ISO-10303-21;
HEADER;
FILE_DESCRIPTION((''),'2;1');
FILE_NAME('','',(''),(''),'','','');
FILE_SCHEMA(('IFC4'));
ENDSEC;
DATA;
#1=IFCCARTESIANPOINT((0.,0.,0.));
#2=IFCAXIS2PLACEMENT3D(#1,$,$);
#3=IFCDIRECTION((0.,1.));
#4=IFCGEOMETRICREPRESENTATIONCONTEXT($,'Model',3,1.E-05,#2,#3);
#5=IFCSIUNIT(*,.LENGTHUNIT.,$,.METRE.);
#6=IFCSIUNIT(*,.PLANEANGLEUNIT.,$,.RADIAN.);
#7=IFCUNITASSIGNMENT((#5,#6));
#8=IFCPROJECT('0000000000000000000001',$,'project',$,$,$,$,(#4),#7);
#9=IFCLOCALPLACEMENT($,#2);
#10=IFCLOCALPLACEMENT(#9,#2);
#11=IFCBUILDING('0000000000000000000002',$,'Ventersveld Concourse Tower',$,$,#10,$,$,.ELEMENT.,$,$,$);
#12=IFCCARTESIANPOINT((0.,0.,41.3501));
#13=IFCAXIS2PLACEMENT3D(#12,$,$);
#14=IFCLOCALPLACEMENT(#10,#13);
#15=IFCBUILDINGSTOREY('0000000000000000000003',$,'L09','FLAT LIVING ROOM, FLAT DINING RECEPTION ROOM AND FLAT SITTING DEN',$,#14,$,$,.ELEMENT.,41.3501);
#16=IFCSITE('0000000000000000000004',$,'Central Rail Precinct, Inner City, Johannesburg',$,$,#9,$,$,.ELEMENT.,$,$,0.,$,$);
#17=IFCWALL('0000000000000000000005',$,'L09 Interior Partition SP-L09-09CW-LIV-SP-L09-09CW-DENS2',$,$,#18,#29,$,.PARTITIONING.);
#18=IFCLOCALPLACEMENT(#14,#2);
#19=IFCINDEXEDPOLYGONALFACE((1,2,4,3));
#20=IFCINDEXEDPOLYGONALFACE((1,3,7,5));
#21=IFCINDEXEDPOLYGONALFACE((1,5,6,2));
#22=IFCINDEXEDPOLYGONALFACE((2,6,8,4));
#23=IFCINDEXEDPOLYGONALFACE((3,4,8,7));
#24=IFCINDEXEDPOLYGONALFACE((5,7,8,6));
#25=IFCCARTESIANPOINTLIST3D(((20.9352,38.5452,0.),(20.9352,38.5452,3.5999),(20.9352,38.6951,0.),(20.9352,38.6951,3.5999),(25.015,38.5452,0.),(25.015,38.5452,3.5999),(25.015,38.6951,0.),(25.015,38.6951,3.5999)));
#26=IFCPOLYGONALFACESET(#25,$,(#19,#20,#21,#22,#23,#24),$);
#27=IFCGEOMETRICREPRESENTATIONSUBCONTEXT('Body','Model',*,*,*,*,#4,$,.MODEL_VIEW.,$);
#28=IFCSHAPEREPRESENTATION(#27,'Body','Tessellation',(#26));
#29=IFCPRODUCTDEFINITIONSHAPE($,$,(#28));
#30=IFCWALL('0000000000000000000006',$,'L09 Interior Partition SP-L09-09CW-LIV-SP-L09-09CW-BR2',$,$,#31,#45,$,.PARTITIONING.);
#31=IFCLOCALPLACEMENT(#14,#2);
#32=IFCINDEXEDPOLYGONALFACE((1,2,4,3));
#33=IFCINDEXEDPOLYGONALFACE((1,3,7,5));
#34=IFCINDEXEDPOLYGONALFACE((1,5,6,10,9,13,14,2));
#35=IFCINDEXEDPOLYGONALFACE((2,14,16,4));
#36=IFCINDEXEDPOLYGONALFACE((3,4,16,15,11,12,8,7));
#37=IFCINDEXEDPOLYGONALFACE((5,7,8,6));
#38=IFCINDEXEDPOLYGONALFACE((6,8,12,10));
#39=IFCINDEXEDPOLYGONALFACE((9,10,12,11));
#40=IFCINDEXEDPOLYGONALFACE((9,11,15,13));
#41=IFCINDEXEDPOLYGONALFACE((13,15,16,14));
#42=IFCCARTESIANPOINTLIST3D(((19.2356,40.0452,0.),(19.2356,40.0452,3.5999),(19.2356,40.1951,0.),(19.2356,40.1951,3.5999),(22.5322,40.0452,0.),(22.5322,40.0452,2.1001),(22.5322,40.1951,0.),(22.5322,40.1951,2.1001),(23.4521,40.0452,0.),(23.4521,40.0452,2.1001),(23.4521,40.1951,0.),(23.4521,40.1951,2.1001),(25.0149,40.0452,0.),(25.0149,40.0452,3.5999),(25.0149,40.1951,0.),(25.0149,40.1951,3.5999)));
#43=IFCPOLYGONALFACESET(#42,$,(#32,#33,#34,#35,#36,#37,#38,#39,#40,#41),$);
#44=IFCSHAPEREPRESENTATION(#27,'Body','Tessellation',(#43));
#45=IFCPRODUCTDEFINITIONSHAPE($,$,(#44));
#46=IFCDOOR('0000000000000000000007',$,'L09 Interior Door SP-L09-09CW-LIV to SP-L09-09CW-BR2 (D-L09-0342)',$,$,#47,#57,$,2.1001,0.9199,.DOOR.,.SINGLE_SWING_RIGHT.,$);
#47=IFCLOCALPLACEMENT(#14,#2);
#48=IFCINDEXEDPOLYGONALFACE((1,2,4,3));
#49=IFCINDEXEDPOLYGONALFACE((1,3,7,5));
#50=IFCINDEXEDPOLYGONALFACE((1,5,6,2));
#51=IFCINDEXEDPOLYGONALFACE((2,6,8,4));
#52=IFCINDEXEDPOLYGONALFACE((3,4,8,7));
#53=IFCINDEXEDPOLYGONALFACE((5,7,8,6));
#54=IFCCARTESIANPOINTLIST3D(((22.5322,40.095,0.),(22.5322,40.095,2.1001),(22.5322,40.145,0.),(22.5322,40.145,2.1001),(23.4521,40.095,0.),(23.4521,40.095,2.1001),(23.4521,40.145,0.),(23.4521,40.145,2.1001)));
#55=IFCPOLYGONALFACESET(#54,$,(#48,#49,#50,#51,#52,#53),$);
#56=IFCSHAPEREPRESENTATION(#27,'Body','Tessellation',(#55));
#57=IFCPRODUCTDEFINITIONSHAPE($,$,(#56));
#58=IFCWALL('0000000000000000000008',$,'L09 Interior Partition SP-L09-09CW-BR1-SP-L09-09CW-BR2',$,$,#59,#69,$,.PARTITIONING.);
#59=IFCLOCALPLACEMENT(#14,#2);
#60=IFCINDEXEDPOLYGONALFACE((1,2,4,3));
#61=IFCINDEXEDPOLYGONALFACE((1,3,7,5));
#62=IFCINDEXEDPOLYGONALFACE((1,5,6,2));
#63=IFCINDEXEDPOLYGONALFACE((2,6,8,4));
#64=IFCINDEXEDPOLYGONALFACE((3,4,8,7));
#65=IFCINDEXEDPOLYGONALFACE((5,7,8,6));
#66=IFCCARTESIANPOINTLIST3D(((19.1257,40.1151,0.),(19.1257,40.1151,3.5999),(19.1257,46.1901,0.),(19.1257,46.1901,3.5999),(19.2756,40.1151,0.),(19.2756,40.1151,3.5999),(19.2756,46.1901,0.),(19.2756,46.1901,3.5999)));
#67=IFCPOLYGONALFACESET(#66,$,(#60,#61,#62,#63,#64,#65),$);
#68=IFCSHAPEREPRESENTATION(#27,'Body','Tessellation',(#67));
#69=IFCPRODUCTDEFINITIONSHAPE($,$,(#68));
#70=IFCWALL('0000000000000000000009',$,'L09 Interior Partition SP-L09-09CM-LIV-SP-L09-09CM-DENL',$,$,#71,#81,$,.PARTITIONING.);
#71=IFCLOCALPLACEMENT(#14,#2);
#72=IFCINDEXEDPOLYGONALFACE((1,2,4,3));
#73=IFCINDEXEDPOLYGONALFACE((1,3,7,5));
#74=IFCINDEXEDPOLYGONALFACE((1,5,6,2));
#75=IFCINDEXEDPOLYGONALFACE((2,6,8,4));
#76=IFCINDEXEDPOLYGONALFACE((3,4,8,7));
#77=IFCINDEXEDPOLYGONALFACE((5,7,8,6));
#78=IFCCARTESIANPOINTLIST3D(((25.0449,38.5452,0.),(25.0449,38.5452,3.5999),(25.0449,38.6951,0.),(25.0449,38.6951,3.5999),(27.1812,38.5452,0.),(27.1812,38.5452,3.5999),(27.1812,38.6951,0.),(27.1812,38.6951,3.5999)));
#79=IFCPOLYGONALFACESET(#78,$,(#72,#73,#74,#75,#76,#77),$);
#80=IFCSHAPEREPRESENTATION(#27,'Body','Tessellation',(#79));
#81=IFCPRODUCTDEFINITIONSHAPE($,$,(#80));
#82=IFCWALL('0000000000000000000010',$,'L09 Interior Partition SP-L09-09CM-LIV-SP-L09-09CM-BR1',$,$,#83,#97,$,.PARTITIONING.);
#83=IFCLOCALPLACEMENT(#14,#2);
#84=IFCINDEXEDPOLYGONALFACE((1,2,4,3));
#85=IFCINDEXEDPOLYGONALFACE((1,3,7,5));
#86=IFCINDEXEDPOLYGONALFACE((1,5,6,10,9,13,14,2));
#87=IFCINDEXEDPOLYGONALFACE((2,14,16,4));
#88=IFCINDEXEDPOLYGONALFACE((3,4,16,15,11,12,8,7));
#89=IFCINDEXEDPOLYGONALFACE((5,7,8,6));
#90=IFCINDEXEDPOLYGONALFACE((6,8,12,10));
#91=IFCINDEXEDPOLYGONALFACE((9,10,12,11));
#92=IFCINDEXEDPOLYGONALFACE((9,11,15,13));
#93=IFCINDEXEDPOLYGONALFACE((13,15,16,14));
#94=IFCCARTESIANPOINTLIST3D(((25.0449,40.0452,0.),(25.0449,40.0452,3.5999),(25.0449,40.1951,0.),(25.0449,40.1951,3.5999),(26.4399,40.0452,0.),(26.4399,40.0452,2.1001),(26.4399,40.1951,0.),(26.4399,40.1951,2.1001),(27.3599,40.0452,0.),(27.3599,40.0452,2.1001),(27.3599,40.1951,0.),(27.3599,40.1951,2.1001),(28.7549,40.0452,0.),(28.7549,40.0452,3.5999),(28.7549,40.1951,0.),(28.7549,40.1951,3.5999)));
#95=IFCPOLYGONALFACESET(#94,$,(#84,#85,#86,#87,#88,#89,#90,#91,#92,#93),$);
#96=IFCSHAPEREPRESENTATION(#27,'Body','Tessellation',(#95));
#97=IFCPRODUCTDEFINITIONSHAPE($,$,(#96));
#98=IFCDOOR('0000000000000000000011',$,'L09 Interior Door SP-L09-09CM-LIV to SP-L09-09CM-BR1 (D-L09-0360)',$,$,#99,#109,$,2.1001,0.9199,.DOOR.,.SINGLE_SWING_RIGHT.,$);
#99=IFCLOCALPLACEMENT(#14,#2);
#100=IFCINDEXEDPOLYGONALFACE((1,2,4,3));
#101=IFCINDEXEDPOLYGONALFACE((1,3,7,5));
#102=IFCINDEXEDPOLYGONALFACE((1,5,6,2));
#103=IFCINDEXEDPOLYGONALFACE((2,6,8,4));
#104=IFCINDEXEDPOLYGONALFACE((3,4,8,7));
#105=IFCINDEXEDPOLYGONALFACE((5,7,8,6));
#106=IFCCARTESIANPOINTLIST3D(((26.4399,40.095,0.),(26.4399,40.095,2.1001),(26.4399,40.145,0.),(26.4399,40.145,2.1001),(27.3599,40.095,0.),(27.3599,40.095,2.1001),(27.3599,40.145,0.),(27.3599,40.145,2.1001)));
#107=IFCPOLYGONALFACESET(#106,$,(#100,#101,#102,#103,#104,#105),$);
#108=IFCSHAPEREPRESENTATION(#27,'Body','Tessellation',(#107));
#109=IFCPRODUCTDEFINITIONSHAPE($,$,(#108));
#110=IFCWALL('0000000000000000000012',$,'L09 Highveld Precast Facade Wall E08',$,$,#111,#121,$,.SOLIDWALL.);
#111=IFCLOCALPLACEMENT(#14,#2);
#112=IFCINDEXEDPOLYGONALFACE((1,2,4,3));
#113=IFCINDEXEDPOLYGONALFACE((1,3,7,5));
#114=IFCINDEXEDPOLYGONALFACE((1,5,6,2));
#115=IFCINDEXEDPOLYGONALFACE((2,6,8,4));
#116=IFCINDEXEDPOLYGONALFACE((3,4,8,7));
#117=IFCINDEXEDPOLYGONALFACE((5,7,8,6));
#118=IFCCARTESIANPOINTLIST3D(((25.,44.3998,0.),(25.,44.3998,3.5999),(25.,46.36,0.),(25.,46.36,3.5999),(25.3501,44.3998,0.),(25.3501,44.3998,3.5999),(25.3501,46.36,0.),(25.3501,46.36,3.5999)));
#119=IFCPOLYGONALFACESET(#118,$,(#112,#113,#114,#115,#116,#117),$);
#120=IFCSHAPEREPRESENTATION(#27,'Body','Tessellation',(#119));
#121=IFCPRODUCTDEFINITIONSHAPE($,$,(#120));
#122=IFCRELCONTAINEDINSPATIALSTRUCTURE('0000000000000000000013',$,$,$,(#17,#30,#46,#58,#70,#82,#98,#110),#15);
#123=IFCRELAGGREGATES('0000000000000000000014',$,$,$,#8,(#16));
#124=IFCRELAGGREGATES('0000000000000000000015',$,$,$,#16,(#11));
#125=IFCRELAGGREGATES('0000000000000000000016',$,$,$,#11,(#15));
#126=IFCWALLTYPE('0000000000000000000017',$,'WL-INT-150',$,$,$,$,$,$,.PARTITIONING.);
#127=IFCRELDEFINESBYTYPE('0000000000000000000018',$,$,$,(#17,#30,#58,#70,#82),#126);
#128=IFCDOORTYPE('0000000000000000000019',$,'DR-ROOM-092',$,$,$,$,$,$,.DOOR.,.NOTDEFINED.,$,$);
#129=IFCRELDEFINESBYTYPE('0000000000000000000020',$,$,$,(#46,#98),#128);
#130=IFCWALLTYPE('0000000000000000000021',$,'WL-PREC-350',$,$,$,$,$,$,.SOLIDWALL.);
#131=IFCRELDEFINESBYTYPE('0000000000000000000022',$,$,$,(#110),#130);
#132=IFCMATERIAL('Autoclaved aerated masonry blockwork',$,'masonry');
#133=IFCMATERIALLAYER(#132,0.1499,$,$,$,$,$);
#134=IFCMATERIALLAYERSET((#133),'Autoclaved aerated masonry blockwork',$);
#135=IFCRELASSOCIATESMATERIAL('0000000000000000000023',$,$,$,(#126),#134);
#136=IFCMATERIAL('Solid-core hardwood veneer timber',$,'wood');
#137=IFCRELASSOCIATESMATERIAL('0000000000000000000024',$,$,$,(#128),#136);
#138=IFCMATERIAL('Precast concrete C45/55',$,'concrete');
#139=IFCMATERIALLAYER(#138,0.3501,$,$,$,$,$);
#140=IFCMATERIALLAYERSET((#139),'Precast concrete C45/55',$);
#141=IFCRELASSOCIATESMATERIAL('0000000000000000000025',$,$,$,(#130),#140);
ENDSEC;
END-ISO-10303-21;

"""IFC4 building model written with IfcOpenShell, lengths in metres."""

from ifc_helpers import new_model, si_unit, direction, frame, frame_2d, origin, place, context, subcontext, project, spatial, rectangle, extrude, material, layer, layer_set, type_object, element, fill, save


model = new_model("IFC4")

# Units and contexts
model_context = context("Model", 3, precision=1e-05, world=origin(), true_north=direction((0.0, 1.0)))
body_context = subcontext(model_context, "Body", "Model", "MODEL_VIEW")
ifc_project = project(units=[si_unit("LENGTHUNIT", "METRE"), si_unit("PLANEANGLEUNIT", "RADIAN")], contexts=[model_context])

# Site, building, storey
site_placement = place(None, origin())
site = spatial("IfcSite", under=ifc_project, at=site_placement, Name="Central Rail Precinct, Inner City, Johannesburg", CompositionType="ELEMENT", RefElevation=0.0)
building_placement = place(site_placement, origin())
building = spatial("IfcBuilding", under=site, at=building_placement, Name="Ventersveld Concourse Tower", CompositionType="ELEMENT")
storey_placement = place(building_placement, frame((0.0, 0.0, 41.3501)))
storey = spatial("IfcBuildingStorey", under=building, at=storey_placement, Name="L09", Description="FLAT LIVING ROOM, FLAT DINING RECEPTION ROOM AND FLAT SITTING DEN", CompositionType="ELEMENT", Elevation=41.3501)

# Wall
ifc_material_1 = material(Name="Autoclaved aerated masonry blockwork", Category="masonry")
ifc_layer_1 = layer(ifc_material_1, 0.1499)
ifc_layer_set_1 = layer_set([ifc_layer_1], Name="Autoclaved aerated masonry blockwork")
wall_type_1 = type_object("IfcWallType", Name="WL-INT-150", PredefinedType="PARTITIONING", material=ifc_layer_set_1)
wall_1_placement = place(storey_placement, frame((20.9351, 38.6201, 0.0), z_axis=(0.0, 0.0, 1.0), x_axis=(1.0, 0.0, 0.0)))
element("IfcWall", 1, at=wall_1_placement, inside=storey, type_object=wall_type_1, Name="L09 Interior Partition SP-L09-09CW-LIV-SP-L09-09CW-DENS2", PredefinedType="PARTITIONING", context=body_context, shape_type="SweptSolid", body=[
    extrude(rectangle(XDim=4.0798, YDim=0.1499, at=frame_2d((2.04, 0.0))), origin(), (0.0, 0.0, 1.0), 3.5999),
])

# Wall, opening, door
wall_2_placement = place(storey_placement, frame((19.2356, 40.1201, 0.0), z_axis=(0.0, 0.0, 1.0), x_axis=(1.0, 0.0, 0.0)))
wall_2 = element("IfcWall", 2, at=wall_2_placement, inside=storey, type_object=wall_type_1, Name="L09 Interior Partition SP-L09-09CW-LIV-SP-L09-09CW-BR2", PredefinedType="PARTITIONING", context=body_context, shape_type="SweptSolid", body=[
    extrude(rectangle(XDim=5.7793, YDim=0.1499, at=frame_2d((2.8896, 0.0))), origin(), (0.0, 0.0, 1.0), 3.5999),
])
opening_1_placement = place(wall_2_placement, frame((3.2966, 0.0, 0.0)))
opening_1 = element("IfcOpeningElement", 3, at=opening_1_placement, cuts=wall_2, PredefinedType="OPENING", context=body_context, shape_type="SweptSolid", body=[
    extrude(rectangle(XDim=0.9199, YDim=2.1001, at=frame_2d((0.46, 1.05))), frame((0.0, 0.085, 0.0), z_axis=(0.0, -1.0, 0.0), x_axis=(1.0, 0.0, 0.0)), (0.0, 0.0, 1.0), 0.1699),
])
ifc_material_2 = material(Name="Solid-core hardwood veneer timber", Category="wood")
door_type = type_object("IfcDoorType", Name="DR-ROOM-092", OperationType="NOTDEFINED", PredefinedType="DOOR", material=ifc_material_2)
door_1_placement = place(opening_1_placement, origin())
door_1 = element("IfcDoor", 4, at=door_1_placement, inside=storey, type_object=door_type, Name="L09 Interior Door SP-L09-09CW-LIV to SP-L09-09CW-BR2 (D-L09-0342)", OperationType="SINGLE_SWING_RIGHT", OverallHeight=2.1001, OverallWidth=0.9199, PredefinedType="DOOR", context=body_context, shape_type="SweptSolid", body=[
    extrude(rectangle(XDim=0.9199, YDim=2.1001, at=frame_2d((0.46, 1.05))), frame((0.0, 0.0249, 0.0), z_axis=(0.0, -1.0, 0.0), x_axis=(1.0, 0.0, 0.0)), (0.0, 0.0, 1.0), 0.05),
])
fill(opening_1, door_1)

# Walls
wall_3_placement = place(storey_placement, frame((19.2007, 40.115, 0.0), z_axis=(0.0, 0.0, 1.0), x_axis=(0.0, 1.0, 0.0)))
element("IfcWall", 5, at=wall_3_placement, inside=storey, type_object=wall_type_1, Name="L09 Interior Partition SP-L09-09CW-BR1-SP-L09-09CW-BR2", PredefinedType="PARTITIONING", context=body_context, shape_type="SweptSolid", body=[
    extrude(rectangle(XDim=6.075, YDim=0.1499, at=frame_2d((3.0376, 0.0))), origin(), (0.0, 0.0, 1.0), 3.5999),
])
wall_4_placement = place(storey_placement, frame((25.0449, 38.6201, 0.0), z_axis=(0.0, 0.0, 1.0), x_axis=(1.0, 0.0, 0.0)))
element("IfcWall", 6, at=wall_4_placement, inside=storey, type_object=wall_type_1, Name="L09 Interior Partition SP-L09-09CM-LIV-SP-L09-09CM-DENL", PredefinedType="PARTITIONING", context=body_context, shape_type="SweptSolid", body=[
    extrude(rectangle(XDim=2.1362, YDim=0.1499, at=frame_2d((1.0681, 0.0))), origin(), (0.0, 0.0, 1.0), 3.5999),
])

# Wall, opening, door
wall_5_placement = place(storey_placement, frame((25.0449, 40.1201, 0.0), z_axis=(0.0, 0.0, 1.0), x_axis=(1.0, 0.0, 0.0)))
wall_5 = element("IfcWall", 7, at=wall_5_placement, inside=storey, type_object=wall_type_1, Name="L09 Interior Partition SP-L09-09CM-LIV-SP-L09-09CM-BR1", PredefinedType="PARTITIONING", context=body_context, shape_type="SweptSolid", body=[
    extrude(rectangle(XDim=3.71, YDim=0.1499, at=frame_2d((1.855, 0.0))), origin(), (0.0, 0.0, 1.0), 3.5999),
])
opening_2_placement = place(wall_5_placement, frame((1.395, 0.0, 0.0)))
opening_2 = element("IfcOpeningElement", 8, at=opening_2_placement, cuts=wall_5, PredefinedType="OPENING", context=body_context, shape_type="SweptSolid", body=[
    extrude(rectangle(XDim=0.9199, YDim=2.1001, at=frame_2d((0.46, 1.05))), frame((0.0, 0.085, 0.0), z_axis=(0.0, -1.0, 0.0), x_axis=(1.0, 0.0, 0.0)), (0.0, 0.0, 1.0), 0.1699),
])
door_2_placement = place(opening_2_placement, origin())
door_2 = element("IfcDoor", 9, at=door_2_placement, inside=storey, type_object=door_type, Name="L09 Interior Door SP-L09-09CM-LIV to SP-L09-09CM-BR1 (D-L09-0360)", OperationType="SINGLE_SWING_RIGHT", OverallHeight=2.1001, OverallWidth=0.9199, PredefinedType="DOOR", context=body_context, shape_type="SweptSolid", body=[
    extrude(rectangle(XDim=0.9199, YDim=2.1001, at=frame_2d((0.46, 1.05))), frame((0.0, 0.0249, 0.0), z_axis=(0.0, -1.0, 0.0), x_axis=(1.0, 0.0, 0.0)), (0.0, 0.0, 1.0), 0.05),
])
fill(opening_2, door_2)

# Wall
ifc_material_3 = material(Name="Precast concrete C45/55", Category="concrete")
ifc_layer_2 = layer(ifc_material_3, 0.3501)
ifc_layer_set_2 = layer_set([ifc_layer_2], Name="Precast concrete C45/55")
wall_type_2 = type_object("IfcWallType", Name="WL-PREC-350", PredefinedType="SOLIDWALL", material=ifc_layer_set_2)
wall_6_placement = place(storey_placement, frame((25.175, 44.3999, 0.0), z_axis=(0.0, 0.0, 1.0), x_axis=(0.0, 1.0, 0.0)))
element("IfcWall", 10, at=wall_6_placement, inside=storey, type_object=wall_type_2, Name="L09 Highveld Precast Facade Wall E08", PredefinedType="SOLIDWALL", context=body_context, shape_type="SweptSolid", body=[
    extrude(rectangle(XDim=1.9602, YDim=0.3501, at=frame_2d((0.98, 0.0))), origin(), (0.0, 0.0, 1.0), 3.5999),
])

save(model, "model.ifc")
